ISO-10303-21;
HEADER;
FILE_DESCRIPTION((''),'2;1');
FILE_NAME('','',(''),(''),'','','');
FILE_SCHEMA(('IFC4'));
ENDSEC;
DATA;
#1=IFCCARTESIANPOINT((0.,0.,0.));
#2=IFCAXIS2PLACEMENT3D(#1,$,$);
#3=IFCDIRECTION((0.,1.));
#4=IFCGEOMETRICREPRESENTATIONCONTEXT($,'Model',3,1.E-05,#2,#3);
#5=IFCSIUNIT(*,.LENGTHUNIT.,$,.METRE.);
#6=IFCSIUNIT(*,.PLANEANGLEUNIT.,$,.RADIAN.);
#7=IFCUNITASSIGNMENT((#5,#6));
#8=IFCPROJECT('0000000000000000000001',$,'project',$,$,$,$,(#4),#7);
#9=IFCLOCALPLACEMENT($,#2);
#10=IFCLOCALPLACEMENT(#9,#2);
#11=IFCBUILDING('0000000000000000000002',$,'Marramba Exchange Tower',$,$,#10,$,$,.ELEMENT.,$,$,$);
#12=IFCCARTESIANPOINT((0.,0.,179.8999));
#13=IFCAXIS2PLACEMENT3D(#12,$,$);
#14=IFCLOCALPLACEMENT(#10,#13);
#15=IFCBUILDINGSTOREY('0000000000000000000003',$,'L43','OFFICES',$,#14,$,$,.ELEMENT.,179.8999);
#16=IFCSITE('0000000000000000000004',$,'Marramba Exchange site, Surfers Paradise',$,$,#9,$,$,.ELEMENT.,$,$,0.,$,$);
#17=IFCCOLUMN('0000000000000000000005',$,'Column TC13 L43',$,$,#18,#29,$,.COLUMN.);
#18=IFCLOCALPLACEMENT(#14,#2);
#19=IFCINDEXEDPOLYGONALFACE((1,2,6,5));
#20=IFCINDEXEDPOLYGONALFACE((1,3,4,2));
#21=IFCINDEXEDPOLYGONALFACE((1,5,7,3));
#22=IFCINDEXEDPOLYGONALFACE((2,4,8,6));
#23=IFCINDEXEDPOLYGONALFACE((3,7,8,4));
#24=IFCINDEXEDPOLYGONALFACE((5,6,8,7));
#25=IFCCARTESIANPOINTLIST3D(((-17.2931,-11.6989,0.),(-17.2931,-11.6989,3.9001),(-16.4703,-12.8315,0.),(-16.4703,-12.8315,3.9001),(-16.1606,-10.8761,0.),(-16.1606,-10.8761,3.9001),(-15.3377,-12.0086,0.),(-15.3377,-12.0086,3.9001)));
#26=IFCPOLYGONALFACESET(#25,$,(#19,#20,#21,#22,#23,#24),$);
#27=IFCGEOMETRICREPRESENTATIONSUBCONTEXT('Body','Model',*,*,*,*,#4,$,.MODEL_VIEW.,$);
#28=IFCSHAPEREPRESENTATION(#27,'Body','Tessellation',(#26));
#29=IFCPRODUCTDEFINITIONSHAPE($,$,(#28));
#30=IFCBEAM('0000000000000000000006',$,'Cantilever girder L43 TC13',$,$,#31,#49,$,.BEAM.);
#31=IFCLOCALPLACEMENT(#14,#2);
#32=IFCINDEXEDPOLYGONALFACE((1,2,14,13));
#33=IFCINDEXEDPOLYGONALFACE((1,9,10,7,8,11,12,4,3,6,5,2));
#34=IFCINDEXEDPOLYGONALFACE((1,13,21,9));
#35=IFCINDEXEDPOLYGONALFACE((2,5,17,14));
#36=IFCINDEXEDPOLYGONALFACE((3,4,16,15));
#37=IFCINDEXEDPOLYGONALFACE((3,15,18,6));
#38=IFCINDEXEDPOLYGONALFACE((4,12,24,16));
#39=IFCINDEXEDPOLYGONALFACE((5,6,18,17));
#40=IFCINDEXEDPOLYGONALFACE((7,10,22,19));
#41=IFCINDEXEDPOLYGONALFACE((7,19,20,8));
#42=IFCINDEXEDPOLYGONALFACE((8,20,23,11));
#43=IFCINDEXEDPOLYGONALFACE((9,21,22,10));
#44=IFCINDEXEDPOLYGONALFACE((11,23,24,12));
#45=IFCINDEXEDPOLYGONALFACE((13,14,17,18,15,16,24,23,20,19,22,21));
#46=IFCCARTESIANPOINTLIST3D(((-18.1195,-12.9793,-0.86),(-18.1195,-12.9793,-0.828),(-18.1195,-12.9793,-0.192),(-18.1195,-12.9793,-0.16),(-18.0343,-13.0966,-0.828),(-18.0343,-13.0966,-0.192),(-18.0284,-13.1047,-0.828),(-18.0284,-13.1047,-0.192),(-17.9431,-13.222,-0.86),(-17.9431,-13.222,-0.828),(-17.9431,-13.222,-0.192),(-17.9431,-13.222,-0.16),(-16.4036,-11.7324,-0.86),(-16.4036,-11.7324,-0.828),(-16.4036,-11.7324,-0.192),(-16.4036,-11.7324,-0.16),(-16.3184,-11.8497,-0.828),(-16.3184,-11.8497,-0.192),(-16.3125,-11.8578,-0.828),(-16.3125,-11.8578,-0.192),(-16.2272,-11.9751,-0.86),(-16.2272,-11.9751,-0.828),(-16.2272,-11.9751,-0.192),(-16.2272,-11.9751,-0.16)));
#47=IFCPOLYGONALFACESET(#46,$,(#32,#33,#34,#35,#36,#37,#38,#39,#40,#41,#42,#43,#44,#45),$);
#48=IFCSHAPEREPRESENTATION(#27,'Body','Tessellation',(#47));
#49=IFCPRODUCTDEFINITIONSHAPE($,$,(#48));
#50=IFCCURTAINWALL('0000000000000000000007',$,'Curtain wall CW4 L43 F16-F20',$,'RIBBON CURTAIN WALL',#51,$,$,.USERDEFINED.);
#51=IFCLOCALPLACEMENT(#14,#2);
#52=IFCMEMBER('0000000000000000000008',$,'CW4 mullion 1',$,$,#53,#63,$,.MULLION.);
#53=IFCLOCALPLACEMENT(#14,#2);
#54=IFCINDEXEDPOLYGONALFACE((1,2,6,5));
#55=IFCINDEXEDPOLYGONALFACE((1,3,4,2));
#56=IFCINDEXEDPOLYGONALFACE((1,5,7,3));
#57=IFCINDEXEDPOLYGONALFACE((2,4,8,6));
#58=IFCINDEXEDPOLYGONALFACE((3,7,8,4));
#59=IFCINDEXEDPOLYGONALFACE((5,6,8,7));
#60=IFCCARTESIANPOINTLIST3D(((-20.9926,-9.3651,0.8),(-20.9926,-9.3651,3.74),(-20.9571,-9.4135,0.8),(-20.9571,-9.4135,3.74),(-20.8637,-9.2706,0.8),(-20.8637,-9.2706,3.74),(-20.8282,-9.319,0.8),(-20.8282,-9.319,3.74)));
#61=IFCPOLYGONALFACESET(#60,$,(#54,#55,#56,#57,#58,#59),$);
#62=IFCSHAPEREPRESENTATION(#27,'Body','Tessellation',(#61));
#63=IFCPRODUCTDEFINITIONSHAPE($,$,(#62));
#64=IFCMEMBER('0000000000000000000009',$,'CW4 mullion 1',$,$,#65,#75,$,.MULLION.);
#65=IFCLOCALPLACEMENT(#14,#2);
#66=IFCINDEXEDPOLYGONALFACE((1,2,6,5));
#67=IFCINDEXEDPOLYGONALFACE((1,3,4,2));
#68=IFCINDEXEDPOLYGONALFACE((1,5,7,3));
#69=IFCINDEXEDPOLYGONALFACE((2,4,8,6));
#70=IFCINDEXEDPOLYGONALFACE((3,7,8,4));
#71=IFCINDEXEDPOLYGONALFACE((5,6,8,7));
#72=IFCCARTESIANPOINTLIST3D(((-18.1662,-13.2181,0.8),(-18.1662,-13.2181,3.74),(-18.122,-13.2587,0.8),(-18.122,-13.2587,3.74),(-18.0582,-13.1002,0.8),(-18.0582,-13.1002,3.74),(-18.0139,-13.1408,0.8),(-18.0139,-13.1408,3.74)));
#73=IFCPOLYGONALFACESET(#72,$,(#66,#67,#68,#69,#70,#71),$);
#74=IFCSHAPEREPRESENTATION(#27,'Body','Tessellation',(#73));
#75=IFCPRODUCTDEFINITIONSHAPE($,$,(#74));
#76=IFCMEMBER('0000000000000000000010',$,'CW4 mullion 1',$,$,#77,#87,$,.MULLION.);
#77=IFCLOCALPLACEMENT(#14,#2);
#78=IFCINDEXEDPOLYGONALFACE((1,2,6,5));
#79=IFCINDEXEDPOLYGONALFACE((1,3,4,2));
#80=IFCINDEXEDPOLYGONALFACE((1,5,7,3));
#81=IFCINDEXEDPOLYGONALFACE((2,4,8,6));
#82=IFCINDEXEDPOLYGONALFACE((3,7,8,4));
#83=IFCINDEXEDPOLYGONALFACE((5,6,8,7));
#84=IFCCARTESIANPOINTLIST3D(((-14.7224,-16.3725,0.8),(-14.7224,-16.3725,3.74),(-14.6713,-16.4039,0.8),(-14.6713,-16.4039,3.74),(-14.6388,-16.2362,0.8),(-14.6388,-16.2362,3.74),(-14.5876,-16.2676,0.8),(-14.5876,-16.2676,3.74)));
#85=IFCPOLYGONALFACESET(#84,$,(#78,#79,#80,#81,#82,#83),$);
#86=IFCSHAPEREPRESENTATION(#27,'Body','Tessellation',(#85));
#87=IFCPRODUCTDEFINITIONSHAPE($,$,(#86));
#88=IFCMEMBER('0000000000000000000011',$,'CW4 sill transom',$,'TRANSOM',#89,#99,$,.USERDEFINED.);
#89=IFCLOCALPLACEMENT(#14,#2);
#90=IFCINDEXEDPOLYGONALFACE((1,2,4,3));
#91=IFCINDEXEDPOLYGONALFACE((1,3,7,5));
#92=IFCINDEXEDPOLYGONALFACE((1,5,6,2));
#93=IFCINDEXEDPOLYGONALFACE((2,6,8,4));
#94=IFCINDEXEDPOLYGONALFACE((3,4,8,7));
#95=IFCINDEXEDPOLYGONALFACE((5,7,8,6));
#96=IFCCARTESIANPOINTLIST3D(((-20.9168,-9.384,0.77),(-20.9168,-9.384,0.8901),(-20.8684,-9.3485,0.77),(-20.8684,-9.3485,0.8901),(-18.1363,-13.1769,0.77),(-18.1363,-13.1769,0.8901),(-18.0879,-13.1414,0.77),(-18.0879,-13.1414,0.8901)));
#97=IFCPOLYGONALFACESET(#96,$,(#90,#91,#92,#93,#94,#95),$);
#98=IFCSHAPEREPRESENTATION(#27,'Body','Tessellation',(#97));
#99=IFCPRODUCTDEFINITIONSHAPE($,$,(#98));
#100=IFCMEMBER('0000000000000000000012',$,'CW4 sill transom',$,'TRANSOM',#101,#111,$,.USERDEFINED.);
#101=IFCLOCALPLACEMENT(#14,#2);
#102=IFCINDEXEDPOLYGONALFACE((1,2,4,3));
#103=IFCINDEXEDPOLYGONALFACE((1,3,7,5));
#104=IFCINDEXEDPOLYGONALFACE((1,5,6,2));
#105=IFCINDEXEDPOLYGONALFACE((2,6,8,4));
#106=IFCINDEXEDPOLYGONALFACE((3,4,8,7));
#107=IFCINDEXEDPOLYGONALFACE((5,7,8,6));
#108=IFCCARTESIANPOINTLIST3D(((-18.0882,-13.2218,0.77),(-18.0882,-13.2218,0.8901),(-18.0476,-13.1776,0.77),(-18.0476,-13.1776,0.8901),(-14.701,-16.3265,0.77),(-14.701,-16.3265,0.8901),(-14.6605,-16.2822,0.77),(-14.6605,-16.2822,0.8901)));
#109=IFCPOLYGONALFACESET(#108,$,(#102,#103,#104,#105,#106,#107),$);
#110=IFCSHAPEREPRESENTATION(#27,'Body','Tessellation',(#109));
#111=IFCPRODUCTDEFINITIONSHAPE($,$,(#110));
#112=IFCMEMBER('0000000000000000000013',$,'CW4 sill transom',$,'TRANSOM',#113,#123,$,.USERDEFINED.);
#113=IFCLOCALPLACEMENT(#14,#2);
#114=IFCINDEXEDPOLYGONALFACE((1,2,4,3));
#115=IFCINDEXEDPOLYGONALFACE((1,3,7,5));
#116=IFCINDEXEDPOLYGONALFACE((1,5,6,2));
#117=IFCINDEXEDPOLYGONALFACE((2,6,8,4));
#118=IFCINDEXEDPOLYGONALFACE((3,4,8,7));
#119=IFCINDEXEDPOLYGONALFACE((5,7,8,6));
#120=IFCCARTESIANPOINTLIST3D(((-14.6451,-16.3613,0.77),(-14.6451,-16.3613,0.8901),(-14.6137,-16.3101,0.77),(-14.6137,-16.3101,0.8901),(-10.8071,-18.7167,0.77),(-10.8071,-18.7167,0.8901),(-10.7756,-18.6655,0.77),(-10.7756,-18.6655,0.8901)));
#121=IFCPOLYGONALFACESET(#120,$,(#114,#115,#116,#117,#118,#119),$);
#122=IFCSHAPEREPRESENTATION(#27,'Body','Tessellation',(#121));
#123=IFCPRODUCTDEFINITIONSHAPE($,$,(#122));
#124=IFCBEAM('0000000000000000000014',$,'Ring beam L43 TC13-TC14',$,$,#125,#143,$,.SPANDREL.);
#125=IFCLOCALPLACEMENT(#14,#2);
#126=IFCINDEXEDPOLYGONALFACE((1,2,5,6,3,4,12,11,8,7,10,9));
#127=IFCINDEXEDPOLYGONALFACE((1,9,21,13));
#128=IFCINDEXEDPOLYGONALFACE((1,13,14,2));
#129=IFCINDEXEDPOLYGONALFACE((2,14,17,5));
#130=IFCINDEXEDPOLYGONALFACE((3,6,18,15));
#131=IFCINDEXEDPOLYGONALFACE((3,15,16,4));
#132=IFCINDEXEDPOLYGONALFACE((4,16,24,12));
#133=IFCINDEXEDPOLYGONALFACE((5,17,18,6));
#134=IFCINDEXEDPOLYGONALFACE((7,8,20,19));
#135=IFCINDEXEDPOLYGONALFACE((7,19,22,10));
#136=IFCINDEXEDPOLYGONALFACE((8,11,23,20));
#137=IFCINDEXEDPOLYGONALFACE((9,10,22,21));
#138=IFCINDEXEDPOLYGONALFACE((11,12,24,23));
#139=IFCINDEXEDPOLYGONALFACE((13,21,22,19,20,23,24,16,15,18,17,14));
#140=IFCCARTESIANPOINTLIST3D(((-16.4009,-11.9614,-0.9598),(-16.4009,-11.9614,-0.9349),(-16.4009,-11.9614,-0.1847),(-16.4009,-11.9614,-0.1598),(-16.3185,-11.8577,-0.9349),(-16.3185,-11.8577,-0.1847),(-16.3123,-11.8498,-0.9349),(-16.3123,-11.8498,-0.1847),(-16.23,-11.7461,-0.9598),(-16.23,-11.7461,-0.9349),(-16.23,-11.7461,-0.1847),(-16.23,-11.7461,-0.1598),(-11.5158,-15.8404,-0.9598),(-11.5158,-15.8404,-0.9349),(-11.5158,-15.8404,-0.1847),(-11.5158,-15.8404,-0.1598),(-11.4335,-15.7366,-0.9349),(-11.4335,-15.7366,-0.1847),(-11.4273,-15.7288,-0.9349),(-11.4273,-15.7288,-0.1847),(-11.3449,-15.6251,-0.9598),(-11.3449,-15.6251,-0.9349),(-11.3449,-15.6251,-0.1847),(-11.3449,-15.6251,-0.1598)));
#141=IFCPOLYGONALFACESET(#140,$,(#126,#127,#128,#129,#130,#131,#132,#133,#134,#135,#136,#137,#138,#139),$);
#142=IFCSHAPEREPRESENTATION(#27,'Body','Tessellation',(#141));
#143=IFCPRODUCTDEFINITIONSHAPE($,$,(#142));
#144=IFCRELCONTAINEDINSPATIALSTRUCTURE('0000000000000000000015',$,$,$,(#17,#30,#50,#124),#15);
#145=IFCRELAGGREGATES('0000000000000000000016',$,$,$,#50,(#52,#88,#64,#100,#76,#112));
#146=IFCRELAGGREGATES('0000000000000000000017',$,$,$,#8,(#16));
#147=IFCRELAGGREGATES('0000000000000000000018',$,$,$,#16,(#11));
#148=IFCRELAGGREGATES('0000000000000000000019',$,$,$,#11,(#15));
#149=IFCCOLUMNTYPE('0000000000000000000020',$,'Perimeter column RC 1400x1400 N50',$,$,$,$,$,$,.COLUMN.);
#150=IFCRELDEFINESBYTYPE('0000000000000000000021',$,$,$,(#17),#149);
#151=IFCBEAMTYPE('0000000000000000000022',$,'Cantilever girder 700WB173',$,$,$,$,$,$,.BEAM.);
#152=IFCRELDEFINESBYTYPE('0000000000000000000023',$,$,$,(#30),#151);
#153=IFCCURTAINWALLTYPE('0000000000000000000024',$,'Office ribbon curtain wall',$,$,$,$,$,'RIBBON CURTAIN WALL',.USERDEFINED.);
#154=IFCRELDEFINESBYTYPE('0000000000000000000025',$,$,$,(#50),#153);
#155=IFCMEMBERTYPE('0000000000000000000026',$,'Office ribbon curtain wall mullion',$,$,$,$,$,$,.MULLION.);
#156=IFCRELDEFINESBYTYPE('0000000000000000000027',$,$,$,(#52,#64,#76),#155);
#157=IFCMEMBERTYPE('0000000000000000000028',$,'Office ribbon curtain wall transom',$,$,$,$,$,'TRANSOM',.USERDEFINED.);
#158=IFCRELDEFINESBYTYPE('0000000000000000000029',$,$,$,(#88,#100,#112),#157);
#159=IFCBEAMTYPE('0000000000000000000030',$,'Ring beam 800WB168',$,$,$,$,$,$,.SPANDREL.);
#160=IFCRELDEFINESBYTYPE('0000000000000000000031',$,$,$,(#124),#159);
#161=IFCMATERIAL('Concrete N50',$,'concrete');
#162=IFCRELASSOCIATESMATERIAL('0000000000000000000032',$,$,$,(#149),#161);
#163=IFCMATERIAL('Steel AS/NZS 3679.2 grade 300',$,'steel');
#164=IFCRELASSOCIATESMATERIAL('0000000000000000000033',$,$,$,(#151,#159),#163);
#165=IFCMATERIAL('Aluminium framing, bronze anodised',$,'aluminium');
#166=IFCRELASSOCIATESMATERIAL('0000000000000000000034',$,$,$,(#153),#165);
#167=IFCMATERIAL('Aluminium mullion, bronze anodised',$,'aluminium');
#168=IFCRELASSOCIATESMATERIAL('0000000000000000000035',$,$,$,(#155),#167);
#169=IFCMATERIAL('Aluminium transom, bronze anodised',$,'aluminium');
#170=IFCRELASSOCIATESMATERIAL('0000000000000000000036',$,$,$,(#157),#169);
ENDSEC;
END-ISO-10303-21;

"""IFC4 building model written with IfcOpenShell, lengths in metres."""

from ifc_helpers import new_model, si_unit, direction, frame, origin, origin_2d, place, context, subcontext, project, spatial, rectangle, i_section, extrude, material, material_profile, profile_set, type_object, element, aggregate, save


model = new_model("IFC4")

# Units and contexts
model_context = context("Model", 3, precision=1e-05, world=origin(), true_north=direction((0.0, 1.0)))
body_context = subcontext(model_context, "Body", "Model", "MODEL_VIEW")
ifc_project = project(units=[si_unit("LENGTHUNIT", "METRE"), si_unit("PLANEANGLEUNIT", "RADIAN")], contexts=[model_context])

# Site, building, storey
site_placement = place(None, origin())
site = spatial("IfcSite", under=ifc_project, at=site_placement, Name="Marramba Exchange site, Surfers Paradise", CompositionType="ELEMENT", RefElevation=0.0)
building_placement = place(site_placement, origin())
building = spatial("IfcBuilding", under=site, at=building_placement, Name="Marramba Exchange Tower", CompositionType="ELEMENT")
storey_placement = place(building_placement, frame((0.0, 0.0, 179.8999)))
storey = spatial("IfcBuildingStorey", under=building, at=storey_placement, Name="L43", Description="OFFICES", CompositionType="ELEMENT", Elevation=179.8999)

# Column
ifc_material_1 = material(Name="Concrete N50", Category="concrete")
ifc_material_profile_1 = material_profile(ifc_material_1, rectangle(XDim=1.3999, YDim=1.3999, at=origin_2d()), Name="RC 1400x1400")
ifc_profile_set_1 = profile_set([ifc_material_profile_1], Name="Concrete N50")
column_type = type_object("IfcColumnType", Name="Perimeter column RC 1400x1400 N50", PredefinedType="COLUMN", material=ifc_profile_set_1)
column_placement = place(storey_placement, frame((-16.3154, -11.8538, 0.0), z_axis=(0.0, 0.0, 1.0), x_axis=(-0.809017, -0.587785, 0.0)))
element("IfcColumn", 1, at=column_placement, inside=storey, type_object=column_type, Name="Column TC13 L43", PredefinedType="COLUMN", context=body_context, shape_type="SweptSolid", body=[
    extrude(rectangle(XDim=1.3999, YDim=1.3999, at=origin_2d()), origin(), (0.0, 0.0, 1.0), 3.9001),
])

# Beam
ifc_material_2 = material(Name="Steel AS/NZS 3679.2 grade 300", Category="steel")
ifc_material_profile_2 = material_profile(ifc_material_2, i_section(OverallWidth=0.3, OverallDepth=0.7, WebThickness=0.01, FlangeThickness=0.032, at=origin_2d()), Name="700WB173")
ifc_profile_set_2 = profile_set([ifc_material_profile_2], Name="Steel AS/NZS 3679.2 grade 300")
beam_type_1 = type_object("IfcBeamType", Name="Cantilever girder 700WB173", PredefinedType="BEAM", material=ifc_profile_set_2)
beam_1_placement = place(storey_placement, frame((-16.3154, -11.8538, -0.51), z_axis=(-0.80897, -0.58785, 0.0), x_axis=(0.58785, -0.80897, 0.0)))
element("IfcBeam", 2, at=beam_1_placement, inside=storey, type_object=beam_type_1, Name="Cantilever girder L43 TC13", PredefinedType="BEAM", context=body_context, shape_type="SweptSolid", body=[
    extrude(i_section(OverallWidth=0.3, OverallDepth=0.7, WebThickness=0.01, FlangeThickness=0.032, at=origin_2d()), origin(), (0.0, 0.0, 1.0), 2.1211),
])

# Curtain wall, members
ifc_material_3 = material(Name="Aluminium framing, bronze anodised", Category="aluminium")
curtain_wall_type = type_object("IfcCurtainWallType", Name="Office ribbon curtain wall", ElementType="RIBBON CURTAIN WALL", PredefinedType="USERDEFINED", material=ifc_material_3)
curtain_wall_placement = place(storey_placement, origin())
curtain_wall = element("IfcCurtainWall", 3, at=curtain_wall_placement, inside=storey, type_object=curtain_wall_type, Name="Curtain wall CW4 L43 F16-F20", ObjectType="RIBBON CURTAIN WALL", PredefinedType="USERDEFINED")
ifc_material_4 = material(Name="Aluminium mullion, bronze anodised", Category="aluminium")
ifc_material_profile_3 = material_profile(ifc_material_4, rectangle(XDim=0.1599, YDim=0.0601, at=origin_2d()), Name="CW4 mullion 60x160")
ifc_profile_set_3 = profile_set([ifc_material_profile_3], Name="Aluminium mullion, bronze anodised")
member_type_1 = type_object("IfcMemberType", Name="Office ribbon curtain wall mullion", PredefinedType="MULLION", material=ifc_profile_set_3)
member_1_placement = place(storey_placement, frame((-20.9104, -9.342, 0.8), z_axis=(0.0, 0.0, 1.0), x_axis=(0.806508, 0.591223, 0.0)))
member_1 = element("IfcMember", 4, at=member_1_placement, type_object=member_type_1, Name="CW4 mullion 1", PredefinedType="MULLION", context=body_context, shape_type="SweptSolid", body=[
    extrude(rectangle(XDim=0.1599, YDim=0.0601, at=origin_2d()), origin(), (0.0, 0.0, 1.0), 2.9399),
])
member_2_placement = place(storey_placement, frame((-18.0901, -13.1794, 0.8), z_axis=(0.0, 0.0, 1.0), x_axis=(0.675671, 0.737203, 0.0)))
member_2 = element("IfcMember", 5, at=member_2_placement, type_object=member_type_1, Name="CW4 mullion 1", PredefinedType="MULLION", context=body_context, shape_type="SweptSolid", body=[
    extrude(rectangle(XDim=0.1599, YDim=0.0601, at=origin_2d()), origin(), (0.0, 0.0, 1.0), 2.9399),
])
member_3_placement = place(storey_placement, frame((-14.655, -16.3201, 0.8), z_axis=(0.0, 0.0, 1.0), x_axis=(0.523052, 0.852301, 0.0)))
member_3 = element("IfcMember", 6, at=member_3_placement, type_object=member_type_1, Name="CW4 mullion 1", PredefinedType="MULLION", context=body_context, shape_type="SweptSolid", body=[
    extrude(rectangle(XDim=0.1599, YDim=0.0601, at=origin_2d()), origin(), (0.0, 0.0, 1.0), 2.9399),
])
ifc_material_5 = material(Name="Aluminium transom, bronze anodised", Category="aluminium")
ifc_material_profile_4 = material_profile(ifc_material_5, rectangle(XDim=0.0601, YDim=0.1201, at=origin_2d()), Name="CW4 transom 60x120")
ifc_profile_set_4 = profile_set([ifc_material_profile_4], Name="Aluminium transom, bronze anodised")
member_type_2 = type_object("IfcMemberType", Name="Office ribbon curtain wall transom", ElementType="TRANSOM", PredefinedType="USERDEFINED", material=ifc_profile_set_4)
member_4_placement = place(storey_placement, frame((-20.8926, -9.3662, 0.8301), z_axis=(0.591226, -0.806506, 0.0), x_axis=(0.806506, 0.591226, 0.0)))
member_4 = element("IfcMember", 7, at=member_4_placement, type_object=member_type_2, Name="CW4 sill transom", ObjectType="TRANSOM", PredefinedType="USERDEFINED", context=body_context, shape_type="SweptSolid", body=[
    extrude(rectangle(XDim=0.0601, YDim=0.1201, at=origin_2d()), origin(), (0.0, 0.0, 1.0), 4.7029),
])
member_5_placement = place(storey_placement, frame((-18.0679, -13.1997, 0.8301), z_axis=(0.737176, -0.675701, 0.0), x_axis=(0.675701, 0.737176, 0.0)))
member_5 = element("IfcMember", 8, at=member_5_placement, type_object=member_type_2, Name="CW4 sill transom", ObjectType="TRANSOM", PredefinedType="USERDEFINED", context=body_context, shape_type="SweptSolid", body=[
    extrude(rectangle(XDim=0.0601, YDim=0.1201, at=origin_2d()), origin(), (0.0, 0.0, 1.0), 4.5947),
])
member_6_placement = place(storey_placement, frame((-14.6294, -16.3357, 0.8301), z_axis=(0.852298, -0.523056, 0.0), x_axis=(0.523056, 0.852298, 0.0)))
member_6 = element("IfcMember", 9, at=member_6_placement, type_object=member_type_2, Name="CW4 sill transom", ObjectType="TRANSOM", PredefinedType="USERDEFINED", context=body_context, shape_type="SweptSolid", body=[
    extrude(rectangle(XDim=0.0601, YDim=0.1201, at=origin_2d()), origin(), (0.0, 0.0, 1.0), 4.5032),
])

# Beam
ifc_material_profile_5 = material_profile(ifc_material_2, i_section(OverallWidth=0.2749, OverallDepth=0.8, WebThickness=0.01, FlangeThickness=0.0249, at=origin_2d()), Name="800WB168")
ifc_profile_set_5 = profile_set([ifc_material_profile_5], Name="Steel AS/NZS 3679.2 grade 300")
beam_type_2 = type_object("IfcBeamType", Name="Ring beam 800WB168", PredefinedType="SPANDREL", material=ifc_profile_set_5)
beam_2_placement = place(storey_placement, frame((-16.3154, -11.8538, -0.5598), z_axis=(0.783139, -0.621846, 0.0), x_axis=(0.621846, 0.783139, 0.0)))
element("IfcBeam", 10, at=beam_2_placement, inside=storey, type_object=beam_type_2, Name="Ring beam L43 TC13-TC14", PredefinedType="SPANDREL", context=body_context, shape_type="SweptSolid", body=[
    extrude(i_section(OverallWidth=0.2749, OverallDepth=0.8, WebThickness=0.01, FlangeThickness=0.0249, at=origin_2d()), origin(), (0.0, 0.0, 1.0), 6.2378),
])

aggregate(curtain_wall, [member_1, member_4, member_2, member_5, member_3, member_6])

save(model, "model.ifc")
